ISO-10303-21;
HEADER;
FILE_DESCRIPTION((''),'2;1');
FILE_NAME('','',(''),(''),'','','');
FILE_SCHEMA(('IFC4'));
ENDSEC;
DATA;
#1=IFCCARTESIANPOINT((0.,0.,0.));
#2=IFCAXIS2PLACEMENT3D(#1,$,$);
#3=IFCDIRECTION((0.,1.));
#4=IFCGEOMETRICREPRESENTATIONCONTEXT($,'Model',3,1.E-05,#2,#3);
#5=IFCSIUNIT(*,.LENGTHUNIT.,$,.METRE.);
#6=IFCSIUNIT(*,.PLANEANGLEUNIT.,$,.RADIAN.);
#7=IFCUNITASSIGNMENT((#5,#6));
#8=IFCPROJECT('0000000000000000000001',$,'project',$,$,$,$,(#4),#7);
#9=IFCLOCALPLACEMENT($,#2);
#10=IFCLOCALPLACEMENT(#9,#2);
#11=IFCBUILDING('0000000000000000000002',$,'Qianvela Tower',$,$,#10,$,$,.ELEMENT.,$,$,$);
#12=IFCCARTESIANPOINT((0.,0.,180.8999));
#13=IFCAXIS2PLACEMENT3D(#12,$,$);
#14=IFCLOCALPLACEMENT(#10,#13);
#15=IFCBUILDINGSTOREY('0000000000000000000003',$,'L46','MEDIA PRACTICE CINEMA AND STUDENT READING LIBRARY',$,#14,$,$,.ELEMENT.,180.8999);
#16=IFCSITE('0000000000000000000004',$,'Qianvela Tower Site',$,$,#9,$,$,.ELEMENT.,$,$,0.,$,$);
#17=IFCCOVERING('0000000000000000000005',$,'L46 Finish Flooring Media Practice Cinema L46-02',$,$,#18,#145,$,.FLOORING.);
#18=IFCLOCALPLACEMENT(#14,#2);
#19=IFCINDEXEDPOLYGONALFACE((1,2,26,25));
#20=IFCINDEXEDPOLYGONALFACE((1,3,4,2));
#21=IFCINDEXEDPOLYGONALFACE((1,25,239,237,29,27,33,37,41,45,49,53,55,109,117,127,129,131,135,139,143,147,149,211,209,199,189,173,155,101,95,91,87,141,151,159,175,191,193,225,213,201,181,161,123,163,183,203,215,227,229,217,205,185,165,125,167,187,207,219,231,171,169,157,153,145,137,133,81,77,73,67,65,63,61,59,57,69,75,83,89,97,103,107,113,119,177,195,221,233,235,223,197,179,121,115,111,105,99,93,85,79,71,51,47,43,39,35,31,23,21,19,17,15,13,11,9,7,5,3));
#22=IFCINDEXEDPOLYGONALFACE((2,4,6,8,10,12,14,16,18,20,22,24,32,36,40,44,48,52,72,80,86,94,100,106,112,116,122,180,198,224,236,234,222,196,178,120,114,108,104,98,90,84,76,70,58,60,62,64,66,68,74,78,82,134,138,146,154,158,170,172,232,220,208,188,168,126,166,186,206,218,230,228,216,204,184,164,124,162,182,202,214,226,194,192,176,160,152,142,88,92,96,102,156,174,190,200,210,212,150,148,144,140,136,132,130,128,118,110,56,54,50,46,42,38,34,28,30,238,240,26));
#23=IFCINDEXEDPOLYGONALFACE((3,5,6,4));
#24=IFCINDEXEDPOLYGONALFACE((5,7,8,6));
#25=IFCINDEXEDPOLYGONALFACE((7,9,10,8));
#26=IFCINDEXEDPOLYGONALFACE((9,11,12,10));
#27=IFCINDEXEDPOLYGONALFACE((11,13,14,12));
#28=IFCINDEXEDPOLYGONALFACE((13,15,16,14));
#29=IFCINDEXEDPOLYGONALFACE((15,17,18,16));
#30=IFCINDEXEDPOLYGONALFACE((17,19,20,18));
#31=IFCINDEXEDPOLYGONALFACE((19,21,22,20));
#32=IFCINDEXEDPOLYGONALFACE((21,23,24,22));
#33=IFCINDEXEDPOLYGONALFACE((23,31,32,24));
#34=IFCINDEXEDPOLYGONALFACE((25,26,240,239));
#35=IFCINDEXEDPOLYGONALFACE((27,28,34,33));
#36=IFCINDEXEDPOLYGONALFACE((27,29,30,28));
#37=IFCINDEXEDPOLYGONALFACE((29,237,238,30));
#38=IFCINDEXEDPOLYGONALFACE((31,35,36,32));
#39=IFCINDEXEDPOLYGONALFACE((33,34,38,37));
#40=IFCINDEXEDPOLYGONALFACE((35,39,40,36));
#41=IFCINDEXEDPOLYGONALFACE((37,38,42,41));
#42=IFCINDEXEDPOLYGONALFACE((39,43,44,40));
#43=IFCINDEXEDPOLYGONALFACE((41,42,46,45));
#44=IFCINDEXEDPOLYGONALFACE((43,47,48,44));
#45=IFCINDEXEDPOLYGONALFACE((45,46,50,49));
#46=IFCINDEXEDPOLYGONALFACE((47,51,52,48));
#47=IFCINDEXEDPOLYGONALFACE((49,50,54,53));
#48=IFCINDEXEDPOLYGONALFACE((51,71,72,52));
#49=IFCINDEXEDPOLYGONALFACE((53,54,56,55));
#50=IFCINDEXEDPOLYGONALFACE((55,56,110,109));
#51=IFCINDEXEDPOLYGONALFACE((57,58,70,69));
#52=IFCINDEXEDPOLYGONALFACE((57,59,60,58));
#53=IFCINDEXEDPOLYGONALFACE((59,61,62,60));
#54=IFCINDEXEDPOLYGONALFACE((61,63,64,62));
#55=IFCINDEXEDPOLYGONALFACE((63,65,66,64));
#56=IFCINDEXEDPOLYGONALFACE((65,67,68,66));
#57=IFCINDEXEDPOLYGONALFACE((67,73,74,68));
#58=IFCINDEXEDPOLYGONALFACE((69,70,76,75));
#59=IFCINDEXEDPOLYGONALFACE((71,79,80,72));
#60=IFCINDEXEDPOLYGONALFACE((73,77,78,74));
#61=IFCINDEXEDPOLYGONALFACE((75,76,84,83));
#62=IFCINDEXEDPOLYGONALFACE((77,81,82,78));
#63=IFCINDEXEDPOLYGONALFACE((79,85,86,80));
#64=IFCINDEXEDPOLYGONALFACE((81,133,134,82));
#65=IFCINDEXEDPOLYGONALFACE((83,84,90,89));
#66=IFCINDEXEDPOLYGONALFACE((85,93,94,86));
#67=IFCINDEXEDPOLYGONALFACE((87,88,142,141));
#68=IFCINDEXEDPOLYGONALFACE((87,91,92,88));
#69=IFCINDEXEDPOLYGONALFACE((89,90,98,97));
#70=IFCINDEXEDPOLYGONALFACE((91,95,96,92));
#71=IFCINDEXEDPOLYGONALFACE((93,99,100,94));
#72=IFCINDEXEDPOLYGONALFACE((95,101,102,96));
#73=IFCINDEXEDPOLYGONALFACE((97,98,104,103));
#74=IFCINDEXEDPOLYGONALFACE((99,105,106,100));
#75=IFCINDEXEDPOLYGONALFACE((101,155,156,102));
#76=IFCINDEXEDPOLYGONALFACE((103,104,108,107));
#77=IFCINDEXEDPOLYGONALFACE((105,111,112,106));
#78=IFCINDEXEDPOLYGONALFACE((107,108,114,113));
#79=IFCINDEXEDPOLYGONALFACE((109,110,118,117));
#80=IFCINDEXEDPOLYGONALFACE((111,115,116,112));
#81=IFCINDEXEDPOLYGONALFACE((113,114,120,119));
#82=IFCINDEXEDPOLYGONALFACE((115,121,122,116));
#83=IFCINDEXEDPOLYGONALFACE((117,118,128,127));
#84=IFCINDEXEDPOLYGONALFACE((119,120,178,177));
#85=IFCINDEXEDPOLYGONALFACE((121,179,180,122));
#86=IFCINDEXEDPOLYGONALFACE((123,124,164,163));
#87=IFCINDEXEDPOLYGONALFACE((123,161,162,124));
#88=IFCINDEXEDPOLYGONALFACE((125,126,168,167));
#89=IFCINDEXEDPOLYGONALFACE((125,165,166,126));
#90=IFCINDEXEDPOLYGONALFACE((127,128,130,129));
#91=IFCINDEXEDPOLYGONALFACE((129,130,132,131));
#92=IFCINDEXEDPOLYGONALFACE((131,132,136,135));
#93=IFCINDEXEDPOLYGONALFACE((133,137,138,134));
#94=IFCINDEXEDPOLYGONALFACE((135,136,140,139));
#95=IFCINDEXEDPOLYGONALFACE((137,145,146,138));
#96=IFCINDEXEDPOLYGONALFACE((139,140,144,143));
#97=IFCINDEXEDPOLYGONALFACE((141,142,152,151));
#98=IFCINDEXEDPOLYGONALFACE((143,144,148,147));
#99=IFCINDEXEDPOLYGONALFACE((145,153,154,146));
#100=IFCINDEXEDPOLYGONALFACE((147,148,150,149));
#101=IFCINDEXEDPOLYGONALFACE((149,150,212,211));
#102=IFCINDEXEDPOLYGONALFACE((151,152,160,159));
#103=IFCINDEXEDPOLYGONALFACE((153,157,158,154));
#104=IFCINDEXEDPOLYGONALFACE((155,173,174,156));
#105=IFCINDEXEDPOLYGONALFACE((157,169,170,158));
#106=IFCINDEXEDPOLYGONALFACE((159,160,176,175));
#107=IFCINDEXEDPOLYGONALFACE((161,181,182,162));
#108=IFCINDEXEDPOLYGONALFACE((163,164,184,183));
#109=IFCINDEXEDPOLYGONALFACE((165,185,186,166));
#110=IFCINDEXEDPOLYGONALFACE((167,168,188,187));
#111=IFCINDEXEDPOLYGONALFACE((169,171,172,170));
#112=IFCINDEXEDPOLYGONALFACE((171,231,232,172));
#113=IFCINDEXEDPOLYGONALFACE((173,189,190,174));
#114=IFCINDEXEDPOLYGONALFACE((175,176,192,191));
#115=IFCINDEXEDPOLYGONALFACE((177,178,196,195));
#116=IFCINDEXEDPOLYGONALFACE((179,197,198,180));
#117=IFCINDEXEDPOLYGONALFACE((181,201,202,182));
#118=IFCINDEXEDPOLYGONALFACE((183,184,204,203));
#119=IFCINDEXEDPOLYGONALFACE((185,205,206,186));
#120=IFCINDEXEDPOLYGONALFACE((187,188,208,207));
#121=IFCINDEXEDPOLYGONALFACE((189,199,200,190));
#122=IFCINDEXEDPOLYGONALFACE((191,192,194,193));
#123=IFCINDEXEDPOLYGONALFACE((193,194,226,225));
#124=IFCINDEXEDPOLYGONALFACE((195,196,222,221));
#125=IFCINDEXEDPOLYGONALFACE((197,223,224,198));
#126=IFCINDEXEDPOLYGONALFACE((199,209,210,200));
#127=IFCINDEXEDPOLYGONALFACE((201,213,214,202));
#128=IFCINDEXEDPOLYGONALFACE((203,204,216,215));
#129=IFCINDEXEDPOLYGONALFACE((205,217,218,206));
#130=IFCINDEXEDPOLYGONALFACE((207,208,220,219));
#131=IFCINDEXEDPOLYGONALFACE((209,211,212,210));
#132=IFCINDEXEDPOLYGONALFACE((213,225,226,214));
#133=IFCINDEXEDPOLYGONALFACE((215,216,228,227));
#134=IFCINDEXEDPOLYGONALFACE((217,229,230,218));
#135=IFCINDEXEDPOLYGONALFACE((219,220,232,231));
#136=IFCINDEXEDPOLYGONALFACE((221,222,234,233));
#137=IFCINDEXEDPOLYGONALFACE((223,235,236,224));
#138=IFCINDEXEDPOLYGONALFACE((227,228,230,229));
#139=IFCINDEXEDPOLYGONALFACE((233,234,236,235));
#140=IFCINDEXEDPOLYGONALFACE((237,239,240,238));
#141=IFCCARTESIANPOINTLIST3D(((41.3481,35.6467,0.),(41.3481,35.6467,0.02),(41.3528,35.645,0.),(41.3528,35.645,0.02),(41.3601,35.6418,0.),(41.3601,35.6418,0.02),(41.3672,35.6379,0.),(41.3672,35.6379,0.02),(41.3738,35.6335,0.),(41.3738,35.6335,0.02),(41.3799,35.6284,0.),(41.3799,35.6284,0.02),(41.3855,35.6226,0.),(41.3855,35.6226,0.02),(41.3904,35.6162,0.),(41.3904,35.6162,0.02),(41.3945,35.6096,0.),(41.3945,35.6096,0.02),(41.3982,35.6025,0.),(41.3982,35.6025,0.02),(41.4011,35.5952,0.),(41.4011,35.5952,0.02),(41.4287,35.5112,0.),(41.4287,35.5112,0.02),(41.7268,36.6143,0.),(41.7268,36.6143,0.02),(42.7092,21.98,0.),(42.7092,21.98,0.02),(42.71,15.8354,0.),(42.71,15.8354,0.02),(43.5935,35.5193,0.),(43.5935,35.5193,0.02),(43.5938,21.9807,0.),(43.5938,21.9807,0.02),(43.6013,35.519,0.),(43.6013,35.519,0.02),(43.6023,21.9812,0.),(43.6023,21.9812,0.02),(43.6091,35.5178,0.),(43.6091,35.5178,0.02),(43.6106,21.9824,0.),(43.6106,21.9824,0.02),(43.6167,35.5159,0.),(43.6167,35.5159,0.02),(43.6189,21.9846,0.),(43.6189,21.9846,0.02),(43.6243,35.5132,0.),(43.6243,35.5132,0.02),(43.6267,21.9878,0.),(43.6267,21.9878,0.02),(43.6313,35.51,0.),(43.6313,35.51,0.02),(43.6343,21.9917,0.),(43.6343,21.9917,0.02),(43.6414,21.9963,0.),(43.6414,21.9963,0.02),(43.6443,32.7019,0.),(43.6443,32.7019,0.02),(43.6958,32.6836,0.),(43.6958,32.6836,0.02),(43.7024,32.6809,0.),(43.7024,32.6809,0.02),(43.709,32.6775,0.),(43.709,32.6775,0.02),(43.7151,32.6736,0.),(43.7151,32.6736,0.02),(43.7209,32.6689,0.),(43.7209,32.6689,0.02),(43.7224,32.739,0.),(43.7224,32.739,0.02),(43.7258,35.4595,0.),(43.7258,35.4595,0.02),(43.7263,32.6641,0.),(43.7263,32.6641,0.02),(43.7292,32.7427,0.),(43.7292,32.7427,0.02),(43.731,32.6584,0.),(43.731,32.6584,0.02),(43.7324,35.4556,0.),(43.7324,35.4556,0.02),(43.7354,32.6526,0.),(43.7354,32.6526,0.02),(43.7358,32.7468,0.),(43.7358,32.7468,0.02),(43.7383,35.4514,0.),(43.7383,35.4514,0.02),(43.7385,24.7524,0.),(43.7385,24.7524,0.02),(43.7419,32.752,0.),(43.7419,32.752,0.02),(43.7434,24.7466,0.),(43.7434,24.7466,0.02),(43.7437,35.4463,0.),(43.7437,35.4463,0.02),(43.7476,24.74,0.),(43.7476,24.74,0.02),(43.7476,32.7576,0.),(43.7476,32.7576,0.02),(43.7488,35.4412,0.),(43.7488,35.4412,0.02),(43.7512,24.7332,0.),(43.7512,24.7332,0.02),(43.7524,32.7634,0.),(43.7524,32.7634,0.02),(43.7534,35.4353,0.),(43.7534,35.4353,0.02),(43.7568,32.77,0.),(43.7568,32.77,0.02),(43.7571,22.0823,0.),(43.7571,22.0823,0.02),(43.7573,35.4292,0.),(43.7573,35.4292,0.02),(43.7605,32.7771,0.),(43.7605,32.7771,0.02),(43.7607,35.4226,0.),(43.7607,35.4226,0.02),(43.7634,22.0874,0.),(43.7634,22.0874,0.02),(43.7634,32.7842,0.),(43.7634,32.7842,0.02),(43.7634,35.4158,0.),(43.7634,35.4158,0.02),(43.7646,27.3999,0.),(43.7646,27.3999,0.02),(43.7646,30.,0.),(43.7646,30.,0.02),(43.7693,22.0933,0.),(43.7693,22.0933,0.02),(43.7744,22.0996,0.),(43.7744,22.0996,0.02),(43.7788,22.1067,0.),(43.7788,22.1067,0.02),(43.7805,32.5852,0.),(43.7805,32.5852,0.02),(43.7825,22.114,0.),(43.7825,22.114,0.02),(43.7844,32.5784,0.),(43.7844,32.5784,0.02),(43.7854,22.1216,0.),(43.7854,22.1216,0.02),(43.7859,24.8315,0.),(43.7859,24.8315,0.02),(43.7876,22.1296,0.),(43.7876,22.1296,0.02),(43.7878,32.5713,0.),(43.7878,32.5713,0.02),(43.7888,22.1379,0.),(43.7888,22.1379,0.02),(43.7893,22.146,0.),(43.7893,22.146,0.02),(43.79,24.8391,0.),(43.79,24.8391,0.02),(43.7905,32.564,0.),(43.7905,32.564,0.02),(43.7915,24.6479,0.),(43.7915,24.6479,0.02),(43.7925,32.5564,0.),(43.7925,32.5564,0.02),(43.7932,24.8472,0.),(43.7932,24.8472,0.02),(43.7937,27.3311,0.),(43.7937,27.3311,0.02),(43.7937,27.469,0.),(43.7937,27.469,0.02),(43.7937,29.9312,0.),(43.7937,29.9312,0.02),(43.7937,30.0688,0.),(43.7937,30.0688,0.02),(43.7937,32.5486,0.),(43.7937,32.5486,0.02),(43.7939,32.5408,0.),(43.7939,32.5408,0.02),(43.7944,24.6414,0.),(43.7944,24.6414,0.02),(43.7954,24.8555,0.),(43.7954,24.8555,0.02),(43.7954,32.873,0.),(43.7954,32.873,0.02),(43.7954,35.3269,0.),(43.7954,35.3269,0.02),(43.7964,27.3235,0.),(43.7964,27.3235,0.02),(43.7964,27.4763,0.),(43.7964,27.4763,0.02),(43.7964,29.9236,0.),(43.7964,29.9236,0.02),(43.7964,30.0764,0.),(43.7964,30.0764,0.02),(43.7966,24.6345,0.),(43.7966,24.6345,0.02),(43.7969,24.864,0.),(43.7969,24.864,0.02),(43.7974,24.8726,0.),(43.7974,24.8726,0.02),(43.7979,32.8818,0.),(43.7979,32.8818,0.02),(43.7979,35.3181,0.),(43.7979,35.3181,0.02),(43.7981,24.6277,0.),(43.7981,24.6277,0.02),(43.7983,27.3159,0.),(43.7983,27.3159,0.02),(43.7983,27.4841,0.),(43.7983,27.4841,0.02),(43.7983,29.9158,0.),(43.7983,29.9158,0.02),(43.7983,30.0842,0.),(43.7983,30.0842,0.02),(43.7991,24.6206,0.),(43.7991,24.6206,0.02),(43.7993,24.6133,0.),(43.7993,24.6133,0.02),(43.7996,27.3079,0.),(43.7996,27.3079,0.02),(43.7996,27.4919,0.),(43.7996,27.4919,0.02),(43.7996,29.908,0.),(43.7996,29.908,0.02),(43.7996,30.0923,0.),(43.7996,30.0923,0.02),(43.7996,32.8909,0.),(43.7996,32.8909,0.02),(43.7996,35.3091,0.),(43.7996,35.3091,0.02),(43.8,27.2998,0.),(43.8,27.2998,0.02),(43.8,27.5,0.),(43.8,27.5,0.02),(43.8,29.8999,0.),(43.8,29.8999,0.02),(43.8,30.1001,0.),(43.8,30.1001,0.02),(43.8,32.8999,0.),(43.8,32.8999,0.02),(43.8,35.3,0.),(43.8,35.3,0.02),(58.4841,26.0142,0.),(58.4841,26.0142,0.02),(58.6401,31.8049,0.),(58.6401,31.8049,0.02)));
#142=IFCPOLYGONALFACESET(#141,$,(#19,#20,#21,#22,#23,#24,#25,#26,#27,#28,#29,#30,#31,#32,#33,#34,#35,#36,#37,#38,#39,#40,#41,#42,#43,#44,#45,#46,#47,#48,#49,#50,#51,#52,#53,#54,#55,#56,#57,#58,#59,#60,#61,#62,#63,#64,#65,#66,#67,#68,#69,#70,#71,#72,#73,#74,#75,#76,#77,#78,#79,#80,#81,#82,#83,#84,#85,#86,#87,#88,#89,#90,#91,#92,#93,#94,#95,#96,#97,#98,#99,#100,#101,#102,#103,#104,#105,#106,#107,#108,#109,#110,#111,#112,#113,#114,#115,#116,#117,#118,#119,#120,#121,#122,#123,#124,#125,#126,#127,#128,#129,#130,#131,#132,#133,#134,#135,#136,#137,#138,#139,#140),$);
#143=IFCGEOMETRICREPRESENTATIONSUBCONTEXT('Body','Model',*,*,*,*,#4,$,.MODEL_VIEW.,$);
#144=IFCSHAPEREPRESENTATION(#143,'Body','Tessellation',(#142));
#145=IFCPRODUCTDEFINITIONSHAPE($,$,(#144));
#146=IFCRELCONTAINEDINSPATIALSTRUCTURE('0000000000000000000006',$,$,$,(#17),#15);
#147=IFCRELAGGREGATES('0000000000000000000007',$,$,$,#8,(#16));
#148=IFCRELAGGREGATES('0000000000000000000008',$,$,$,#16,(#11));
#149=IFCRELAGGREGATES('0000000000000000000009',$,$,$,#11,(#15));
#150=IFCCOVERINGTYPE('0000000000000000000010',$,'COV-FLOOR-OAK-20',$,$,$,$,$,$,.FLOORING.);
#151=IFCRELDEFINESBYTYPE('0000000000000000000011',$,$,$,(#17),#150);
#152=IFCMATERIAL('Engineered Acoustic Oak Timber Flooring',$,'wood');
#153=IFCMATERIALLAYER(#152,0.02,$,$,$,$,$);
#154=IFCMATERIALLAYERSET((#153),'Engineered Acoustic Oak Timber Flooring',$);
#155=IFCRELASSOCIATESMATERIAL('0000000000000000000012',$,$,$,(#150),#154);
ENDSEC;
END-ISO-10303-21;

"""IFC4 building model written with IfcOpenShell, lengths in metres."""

from ifc_helpers import new_model, si_unit, direction, frame, origin, place, context, subcontext, project, spatial, polyline, outline, extrude, material, layer, layer_set, type_object, element, save


model = new_model("IFC4")

# Units and contexts
model_context = context("Model", 3, precision=1e-05, world=origin(), true_north=direction((0.0, 1.0)))
body_context = subcontext(model_context, "Body", "Model", "MODEL_VIEW")
ifc_project = project(units=[si_unit("LENGTHUNIT", "METRE"), si_unit("PLANEANGLEUNIT", "RADIAN")], contexts=[model_context])

# Site, building, storey
site_placement = place(None, origin())
site = spatial("IfcSite", under=ifc_project, at=site_placement, Name="Qianvela Tower Site", CompositionType="ELEMENT", RefElevation=0.0)
building_placement = place(site_placement, origin())
building = spatial("IfcBuilding", under=site, at=building_placement, Name="Qianvela Tower", CompositionType="ELEMENT")
storey_placement = place(building_placement, frame((0.0, 0.0, 180.8999)))
storey = spatial("IfcBuildingStorey", under=building, at=storey_placement, Name="L46", Description="MEDIA PRACTICE CINEMA AND STUDENT READING LIBRARY", CompositionType="ELEMENT", Elevation=180.8999)

# Covering
ifc_material_1 = material(Name="Engineered Acoustic Oak Timber Flooring", Category="wood")
ifc_layer_1 = layer(ifc_material_1, 0.02)
ifc_layer_set_1 = layer_set([ifc_layer_1], Name="Engineered Acoustic Oak Timber Flooring")
covering_type_1 = type_object("IfcCoveringType", Name="COV-FLOOR-OAK-20", PredefinedType="FLOORING", material=ifc_layer_set_1)
covering_1_placement = place(storey_placement, origin())
element("IfcCovering", 1, at=covering_1_placement, inside=storey, type_object=covering_type_1, Name="L46 Finish Flooring Media Practice Cinema L46-02", PredefinedType="FLOORING", context=body_context, shape_type="SweptSolid", body=[
    extrude(outline(polyline([(43.7385, 24.7524), (43.7859, 24.8315), (43.79, 24.8391), (43.7932, 24.8472), (43.7954, 24.8555), (43.7969, 24.864), (43.7974, 24.8726), (43.8, 27.2998), (43.7996, 27.3079), (43.7983, 27.3159), (43.7964, 27.3235), (43.7937, 27.3311), (43.7646, 27.3999), (43.7937, 27.469), (43.7964, 27.4763), (43.7983, 27.4841), (43.7996, 27.4919), (43.8, 27.5), (43.8, 29.8999), (43.7996, 29.908), (43.7983, 29.9158), (43.7964, 29.9236), (43.7937, 29.9312), (43.7646, 30.0), (43.7937, 30.0688), (43.7964, 30.0764), (43.7983, 30.0842), (43.7996, 30.0923), (43.8, 30.1001), (43.7939, 32.5408), (43.7937, 32.5486), (43.7925, 32.5564), (43.7905, 32.564), (43.7878, 32.5713), (43.7844, 32.5784), (43.7805, 32.5852), (43.7354, 32.6526), (43.731, 32.6584), (43.7263, 32.6641), (43.7209, 32.6689), (43.7151, 32.6736), (43.709, 32.6775), (43.7024, 32.6809), (43.6958, 32.6836), (43.6443, 32.7019), (43.7224, 32.739), (43.7292, 32.7427), (43.7358, 32.7468), (43.7419, 32.752), (43.7476, 32.7576), (43.7524, 32.7634), (43.7568, 32.77), (43.7605, 32.7771), (43.7634, 32.7842), (43.7954, 32.873), (43.7979, 32.8818), (43.7996, 32.8909), (43.8, 32.8999), (43.8, 35.3), (43.7996, 35.3091), (43.7979, 35.3181), (43.7954, 35.3269), (43.7634, 35.4158), (43.7607, 35.4226), (43.7573, 35.4292), (43.7534, 35.4353), (43.7488, 35.4412), (43.7437, 35.4463), (43.7383, 35.4514), (43.7324, 35.4556), (43.7258, 35.4595), (43.6313, 35.51), (43.6243, 35.5132), (43.6167, 35.5159), (43.6091, 35.5178), (43.6013, 35.519), (43.5935, 35.5193), (41.4287, 35.5112), (41.4011, 35.5952), (41.3982, 35.6025), (41.3945, 35.6096), (41.3904, 35.6162), (41.3855, 35.6226), (41.3799, 35.6284), (41.3738, 35.6335), (41.3672, 35.6379), (41.3601, 35.6418), (41.3528, 35.645), (41.3481, 35.6467), (41.7268, 36.6143), (58.6401, 31.8049), (58.4841, 26.0142), (42.71, 15.8354), (42.7092, 21.98), (43.5938, 21.9807), (43.6023, 21.9812), (43.6106, 21.9824), (43.6189, 21.9846), (43.6267, 21.9878), (43.6343, 21.9917), (43.6414, 21.9963), (43.7571, 22.0823), (43.7634, 22.0874), (43.7693, 22.0933), (43.7744, 22.0996), (43.7788, 22.1067), (43.7825, 22.114), (43.7854, 22.1216), (43.7876, 22.1296), (43.7888, 22.1379), (43.7893, 22.146), (43.7993, 24.6133), (43.7991, 24.6206), (43.7981, 24.6277), (43.7966, 24.6345), (43.7944, 24.6414), (43.7915, 24.6479), (43.7512, 24.7332), (43.7476, 24.74), (43.7434, 24.7466), (43.7385, 24.7524)])), origin(), (0.0, 0.0, 1.0), 0.02),
])

save(model, "model.ifc")
